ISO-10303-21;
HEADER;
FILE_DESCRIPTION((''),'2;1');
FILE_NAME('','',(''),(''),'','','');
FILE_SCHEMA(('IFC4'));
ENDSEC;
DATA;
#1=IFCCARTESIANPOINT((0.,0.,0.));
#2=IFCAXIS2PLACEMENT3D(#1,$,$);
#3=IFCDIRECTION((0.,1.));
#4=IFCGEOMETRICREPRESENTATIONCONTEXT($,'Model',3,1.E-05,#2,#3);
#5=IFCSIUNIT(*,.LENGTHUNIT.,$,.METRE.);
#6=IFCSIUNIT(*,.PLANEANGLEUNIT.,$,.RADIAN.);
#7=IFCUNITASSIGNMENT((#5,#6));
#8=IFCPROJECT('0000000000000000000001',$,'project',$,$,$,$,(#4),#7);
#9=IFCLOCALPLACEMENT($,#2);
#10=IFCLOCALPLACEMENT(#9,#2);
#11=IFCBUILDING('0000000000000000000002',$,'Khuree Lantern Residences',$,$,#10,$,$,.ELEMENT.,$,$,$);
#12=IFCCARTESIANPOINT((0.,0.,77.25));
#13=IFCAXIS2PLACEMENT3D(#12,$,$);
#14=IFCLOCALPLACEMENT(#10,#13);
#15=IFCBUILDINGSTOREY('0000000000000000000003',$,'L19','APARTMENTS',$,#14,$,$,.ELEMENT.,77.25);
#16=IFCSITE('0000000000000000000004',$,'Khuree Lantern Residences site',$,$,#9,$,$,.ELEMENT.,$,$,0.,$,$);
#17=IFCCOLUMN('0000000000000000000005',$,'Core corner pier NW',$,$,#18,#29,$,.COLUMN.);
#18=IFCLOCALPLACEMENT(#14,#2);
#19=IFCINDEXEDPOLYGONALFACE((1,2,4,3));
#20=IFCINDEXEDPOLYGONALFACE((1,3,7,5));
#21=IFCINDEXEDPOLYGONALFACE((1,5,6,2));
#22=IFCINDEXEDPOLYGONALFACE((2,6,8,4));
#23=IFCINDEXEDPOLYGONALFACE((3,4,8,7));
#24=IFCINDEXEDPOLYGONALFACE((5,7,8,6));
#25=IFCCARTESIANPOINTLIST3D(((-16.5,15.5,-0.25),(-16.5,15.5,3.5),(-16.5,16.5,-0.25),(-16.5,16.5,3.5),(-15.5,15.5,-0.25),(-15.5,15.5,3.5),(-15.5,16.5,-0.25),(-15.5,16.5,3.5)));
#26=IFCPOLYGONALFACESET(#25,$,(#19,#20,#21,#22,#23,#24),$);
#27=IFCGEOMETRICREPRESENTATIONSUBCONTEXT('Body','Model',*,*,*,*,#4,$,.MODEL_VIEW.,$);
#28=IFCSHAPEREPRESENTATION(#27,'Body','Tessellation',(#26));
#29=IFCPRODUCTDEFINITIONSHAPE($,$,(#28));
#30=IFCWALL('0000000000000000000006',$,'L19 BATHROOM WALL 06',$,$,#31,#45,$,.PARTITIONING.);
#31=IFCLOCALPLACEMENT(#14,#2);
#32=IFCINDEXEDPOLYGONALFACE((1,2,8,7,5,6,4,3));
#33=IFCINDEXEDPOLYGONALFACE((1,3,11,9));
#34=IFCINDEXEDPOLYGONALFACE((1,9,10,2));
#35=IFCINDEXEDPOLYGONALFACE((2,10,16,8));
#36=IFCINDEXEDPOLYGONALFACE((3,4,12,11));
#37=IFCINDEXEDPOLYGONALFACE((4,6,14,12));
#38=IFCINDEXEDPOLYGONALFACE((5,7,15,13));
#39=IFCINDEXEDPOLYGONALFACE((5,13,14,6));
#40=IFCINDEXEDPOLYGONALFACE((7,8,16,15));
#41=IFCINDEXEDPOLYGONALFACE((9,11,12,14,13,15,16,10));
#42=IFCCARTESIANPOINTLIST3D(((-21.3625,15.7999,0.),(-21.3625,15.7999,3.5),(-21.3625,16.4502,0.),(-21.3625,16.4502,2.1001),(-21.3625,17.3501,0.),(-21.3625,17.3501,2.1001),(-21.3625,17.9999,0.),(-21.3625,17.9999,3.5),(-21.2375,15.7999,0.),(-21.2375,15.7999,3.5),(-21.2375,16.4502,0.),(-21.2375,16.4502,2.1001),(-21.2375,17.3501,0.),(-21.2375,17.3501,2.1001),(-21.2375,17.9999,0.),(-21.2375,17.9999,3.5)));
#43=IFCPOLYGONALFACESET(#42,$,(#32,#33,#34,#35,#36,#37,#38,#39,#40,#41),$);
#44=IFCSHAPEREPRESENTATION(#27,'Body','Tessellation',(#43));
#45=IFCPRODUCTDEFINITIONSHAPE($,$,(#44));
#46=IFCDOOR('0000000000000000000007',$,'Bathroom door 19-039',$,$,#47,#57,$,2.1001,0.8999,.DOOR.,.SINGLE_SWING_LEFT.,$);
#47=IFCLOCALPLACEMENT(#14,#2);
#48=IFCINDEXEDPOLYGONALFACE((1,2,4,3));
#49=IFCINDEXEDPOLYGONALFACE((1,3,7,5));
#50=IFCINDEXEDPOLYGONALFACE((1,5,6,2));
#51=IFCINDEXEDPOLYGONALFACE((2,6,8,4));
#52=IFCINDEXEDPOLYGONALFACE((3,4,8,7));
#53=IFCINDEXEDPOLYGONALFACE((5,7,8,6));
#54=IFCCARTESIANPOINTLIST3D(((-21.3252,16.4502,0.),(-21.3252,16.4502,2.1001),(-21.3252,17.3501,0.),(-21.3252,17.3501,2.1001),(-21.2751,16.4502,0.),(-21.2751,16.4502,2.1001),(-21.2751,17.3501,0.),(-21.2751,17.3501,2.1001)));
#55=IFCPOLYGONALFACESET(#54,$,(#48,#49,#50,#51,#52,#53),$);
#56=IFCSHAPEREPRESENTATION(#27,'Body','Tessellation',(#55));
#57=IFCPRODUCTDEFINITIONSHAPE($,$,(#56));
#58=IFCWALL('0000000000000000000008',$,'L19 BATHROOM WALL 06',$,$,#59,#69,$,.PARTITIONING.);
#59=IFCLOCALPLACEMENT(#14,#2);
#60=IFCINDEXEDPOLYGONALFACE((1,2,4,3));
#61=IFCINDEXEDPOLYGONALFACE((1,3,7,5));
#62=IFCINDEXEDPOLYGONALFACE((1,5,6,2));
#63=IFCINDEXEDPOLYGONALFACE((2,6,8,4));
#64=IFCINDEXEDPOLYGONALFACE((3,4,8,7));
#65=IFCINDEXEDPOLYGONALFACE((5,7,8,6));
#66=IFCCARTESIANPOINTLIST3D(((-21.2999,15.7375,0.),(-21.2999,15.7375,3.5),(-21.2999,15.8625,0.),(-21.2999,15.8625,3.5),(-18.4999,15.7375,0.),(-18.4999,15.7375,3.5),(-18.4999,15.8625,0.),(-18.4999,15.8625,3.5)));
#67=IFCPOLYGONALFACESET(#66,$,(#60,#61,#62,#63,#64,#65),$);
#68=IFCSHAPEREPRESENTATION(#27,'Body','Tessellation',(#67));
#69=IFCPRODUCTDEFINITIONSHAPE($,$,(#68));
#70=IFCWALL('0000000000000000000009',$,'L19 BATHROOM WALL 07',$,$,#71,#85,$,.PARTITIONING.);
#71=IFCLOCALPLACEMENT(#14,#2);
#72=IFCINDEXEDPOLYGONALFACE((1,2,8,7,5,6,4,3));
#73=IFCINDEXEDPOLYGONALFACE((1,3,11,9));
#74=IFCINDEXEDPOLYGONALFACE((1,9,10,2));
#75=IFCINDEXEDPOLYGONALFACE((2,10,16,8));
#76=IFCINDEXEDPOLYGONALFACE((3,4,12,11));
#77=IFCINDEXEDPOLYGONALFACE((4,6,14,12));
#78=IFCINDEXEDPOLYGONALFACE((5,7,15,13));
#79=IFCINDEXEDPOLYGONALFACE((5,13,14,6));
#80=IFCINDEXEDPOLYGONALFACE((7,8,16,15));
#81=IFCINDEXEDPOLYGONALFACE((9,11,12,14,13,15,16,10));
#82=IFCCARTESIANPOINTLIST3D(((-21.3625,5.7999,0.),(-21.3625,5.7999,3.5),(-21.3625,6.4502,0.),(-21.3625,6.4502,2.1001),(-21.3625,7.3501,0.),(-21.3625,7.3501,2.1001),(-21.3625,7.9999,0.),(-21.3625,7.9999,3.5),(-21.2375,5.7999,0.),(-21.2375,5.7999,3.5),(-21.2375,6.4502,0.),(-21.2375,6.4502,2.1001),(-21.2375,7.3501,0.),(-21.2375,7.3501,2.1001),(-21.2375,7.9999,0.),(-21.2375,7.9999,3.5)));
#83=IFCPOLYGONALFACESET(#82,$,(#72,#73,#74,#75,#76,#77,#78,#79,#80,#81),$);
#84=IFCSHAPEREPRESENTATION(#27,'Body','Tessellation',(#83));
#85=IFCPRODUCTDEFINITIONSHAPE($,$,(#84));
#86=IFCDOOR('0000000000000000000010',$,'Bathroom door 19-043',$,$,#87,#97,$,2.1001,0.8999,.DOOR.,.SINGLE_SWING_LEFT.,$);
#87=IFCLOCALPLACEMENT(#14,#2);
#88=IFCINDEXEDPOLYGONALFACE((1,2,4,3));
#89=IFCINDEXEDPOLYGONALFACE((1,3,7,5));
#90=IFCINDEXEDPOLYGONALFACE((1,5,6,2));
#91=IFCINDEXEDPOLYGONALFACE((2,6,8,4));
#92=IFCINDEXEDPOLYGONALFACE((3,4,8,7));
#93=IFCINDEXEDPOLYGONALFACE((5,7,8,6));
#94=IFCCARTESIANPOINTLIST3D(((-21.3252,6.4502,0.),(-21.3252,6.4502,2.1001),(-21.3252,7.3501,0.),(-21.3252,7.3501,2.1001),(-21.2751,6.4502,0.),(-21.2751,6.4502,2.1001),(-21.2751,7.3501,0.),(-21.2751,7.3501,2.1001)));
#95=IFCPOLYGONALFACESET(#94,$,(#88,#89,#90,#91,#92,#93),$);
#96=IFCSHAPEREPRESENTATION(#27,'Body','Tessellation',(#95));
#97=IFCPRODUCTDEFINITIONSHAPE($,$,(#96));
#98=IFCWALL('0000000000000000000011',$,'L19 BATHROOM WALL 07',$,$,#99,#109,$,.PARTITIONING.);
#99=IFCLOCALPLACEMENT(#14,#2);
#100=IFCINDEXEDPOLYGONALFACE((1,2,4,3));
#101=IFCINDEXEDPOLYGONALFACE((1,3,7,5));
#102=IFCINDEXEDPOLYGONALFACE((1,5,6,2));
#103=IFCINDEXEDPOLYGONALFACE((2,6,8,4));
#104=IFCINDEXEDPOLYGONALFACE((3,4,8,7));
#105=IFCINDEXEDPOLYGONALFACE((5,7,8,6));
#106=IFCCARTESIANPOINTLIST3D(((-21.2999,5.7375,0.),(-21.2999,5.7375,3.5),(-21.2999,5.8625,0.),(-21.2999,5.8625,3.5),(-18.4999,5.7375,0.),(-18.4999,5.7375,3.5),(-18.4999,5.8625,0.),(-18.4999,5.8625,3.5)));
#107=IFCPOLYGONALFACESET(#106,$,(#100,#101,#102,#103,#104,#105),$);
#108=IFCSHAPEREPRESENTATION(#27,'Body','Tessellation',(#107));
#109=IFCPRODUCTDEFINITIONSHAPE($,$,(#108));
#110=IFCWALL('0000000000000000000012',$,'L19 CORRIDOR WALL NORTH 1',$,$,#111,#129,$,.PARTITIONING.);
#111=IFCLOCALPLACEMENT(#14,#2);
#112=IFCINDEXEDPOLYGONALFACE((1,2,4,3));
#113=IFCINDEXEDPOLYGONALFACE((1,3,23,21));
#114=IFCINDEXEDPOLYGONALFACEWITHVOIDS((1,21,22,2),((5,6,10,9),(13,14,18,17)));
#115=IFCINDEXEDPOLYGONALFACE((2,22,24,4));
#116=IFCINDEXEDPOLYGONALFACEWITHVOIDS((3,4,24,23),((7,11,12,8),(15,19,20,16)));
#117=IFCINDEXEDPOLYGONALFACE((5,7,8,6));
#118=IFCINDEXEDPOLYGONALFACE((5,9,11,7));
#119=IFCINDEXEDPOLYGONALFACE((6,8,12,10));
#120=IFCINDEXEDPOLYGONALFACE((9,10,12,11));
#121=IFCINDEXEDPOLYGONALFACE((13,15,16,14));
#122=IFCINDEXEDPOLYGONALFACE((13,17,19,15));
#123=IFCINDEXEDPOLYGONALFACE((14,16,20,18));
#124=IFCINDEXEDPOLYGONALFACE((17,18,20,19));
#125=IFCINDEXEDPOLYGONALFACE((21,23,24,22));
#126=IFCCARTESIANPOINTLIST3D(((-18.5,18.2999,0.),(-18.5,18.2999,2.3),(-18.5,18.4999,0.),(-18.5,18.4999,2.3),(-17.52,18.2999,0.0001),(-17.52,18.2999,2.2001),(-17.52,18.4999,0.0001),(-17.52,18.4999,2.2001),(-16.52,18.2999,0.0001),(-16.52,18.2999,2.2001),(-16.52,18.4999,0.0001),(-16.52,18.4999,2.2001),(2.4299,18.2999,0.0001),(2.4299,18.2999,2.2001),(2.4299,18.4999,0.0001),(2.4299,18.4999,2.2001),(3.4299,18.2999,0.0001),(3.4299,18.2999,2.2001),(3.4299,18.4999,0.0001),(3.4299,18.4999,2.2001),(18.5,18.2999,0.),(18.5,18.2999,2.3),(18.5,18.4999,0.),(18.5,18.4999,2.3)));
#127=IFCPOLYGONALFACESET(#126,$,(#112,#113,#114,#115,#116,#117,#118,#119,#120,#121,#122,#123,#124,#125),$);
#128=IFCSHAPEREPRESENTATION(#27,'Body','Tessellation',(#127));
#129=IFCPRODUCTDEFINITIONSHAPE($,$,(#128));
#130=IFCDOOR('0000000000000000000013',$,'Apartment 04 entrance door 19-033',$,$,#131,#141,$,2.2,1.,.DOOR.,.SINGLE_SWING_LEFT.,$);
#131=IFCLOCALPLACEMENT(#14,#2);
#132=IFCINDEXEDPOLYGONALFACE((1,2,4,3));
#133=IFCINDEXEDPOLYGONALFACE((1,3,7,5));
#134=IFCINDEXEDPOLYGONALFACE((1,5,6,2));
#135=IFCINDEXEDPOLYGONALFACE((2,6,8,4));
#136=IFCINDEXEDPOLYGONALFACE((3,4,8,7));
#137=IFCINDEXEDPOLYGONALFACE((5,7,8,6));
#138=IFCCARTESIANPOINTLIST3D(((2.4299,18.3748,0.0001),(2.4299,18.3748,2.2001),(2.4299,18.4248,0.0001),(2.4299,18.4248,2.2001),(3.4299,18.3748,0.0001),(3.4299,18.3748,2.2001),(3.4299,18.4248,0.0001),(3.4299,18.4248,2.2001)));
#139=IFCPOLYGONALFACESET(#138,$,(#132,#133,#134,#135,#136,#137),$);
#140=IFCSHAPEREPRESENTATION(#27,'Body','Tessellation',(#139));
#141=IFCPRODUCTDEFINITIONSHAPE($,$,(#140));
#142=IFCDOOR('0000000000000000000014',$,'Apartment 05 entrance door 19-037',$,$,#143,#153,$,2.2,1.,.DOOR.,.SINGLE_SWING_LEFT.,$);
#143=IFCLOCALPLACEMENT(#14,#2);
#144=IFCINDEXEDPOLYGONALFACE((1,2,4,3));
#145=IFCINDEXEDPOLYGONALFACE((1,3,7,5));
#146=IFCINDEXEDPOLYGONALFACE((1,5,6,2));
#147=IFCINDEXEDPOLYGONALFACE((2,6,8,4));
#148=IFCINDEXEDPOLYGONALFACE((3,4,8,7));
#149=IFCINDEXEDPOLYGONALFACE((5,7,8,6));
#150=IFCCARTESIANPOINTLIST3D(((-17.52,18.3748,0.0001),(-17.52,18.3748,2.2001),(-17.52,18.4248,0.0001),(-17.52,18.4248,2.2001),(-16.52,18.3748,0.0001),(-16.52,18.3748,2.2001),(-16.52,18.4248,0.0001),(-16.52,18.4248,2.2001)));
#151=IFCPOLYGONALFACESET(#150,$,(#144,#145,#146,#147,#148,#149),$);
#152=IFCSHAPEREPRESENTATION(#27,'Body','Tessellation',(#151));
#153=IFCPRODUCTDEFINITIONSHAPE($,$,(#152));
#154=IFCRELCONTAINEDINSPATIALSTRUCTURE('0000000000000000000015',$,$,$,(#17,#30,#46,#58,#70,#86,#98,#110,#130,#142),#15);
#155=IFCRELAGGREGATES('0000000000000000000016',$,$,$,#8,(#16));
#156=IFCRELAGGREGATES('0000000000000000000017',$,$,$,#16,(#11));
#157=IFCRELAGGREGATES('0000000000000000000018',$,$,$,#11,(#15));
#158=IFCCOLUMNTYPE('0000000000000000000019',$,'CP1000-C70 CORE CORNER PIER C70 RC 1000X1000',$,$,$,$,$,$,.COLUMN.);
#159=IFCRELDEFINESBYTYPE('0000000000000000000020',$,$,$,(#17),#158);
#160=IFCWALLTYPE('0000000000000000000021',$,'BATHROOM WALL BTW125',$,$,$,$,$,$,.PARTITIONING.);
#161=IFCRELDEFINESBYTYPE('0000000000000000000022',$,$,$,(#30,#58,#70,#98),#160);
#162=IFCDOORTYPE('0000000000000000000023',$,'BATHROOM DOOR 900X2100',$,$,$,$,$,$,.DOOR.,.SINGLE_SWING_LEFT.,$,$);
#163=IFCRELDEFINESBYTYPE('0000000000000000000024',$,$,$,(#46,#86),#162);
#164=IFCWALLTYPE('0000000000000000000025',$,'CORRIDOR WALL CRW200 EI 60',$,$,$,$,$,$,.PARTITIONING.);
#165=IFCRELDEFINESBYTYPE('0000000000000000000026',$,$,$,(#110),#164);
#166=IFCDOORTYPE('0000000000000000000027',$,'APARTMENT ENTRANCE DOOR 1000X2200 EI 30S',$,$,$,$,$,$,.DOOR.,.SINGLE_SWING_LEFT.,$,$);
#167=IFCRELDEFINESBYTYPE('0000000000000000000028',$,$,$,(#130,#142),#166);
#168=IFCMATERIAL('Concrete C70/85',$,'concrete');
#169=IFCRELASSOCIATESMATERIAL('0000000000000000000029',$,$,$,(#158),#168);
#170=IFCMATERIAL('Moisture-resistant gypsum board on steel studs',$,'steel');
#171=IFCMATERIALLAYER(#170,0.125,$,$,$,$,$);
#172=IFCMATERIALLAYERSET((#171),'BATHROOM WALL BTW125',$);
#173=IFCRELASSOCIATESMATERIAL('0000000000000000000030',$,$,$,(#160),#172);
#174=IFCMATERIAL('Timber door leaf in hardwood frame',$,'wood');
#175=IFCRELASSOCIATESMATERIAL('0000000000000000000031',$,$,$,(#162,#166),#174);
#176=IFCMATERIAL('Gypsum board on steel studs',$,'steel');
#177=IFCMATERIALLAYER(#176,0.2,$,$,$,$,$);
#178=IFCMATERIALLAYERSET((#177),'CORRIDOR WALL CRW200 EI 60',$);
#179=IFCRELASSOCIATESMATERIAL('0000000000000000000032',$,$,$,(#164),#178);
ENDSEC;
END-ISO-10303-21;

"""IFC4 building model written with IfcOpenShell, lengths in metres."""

from ifc_helpers import new_model, si_unit, direction, frame, frame_2d, origin, origin_2d, place, context, subcontext, project, spatial, rectangle, extrude, material, layer, layer_set, material_profile, profile_set, type_object, element, fill, save


model = new_model("IFC4")

# Units and contexts
model_context = context("Model", 3, precision=1e-05, world=origin(), true_north=direction((0.0, 1.0)))
body_context = subcontext(model_context, "Body", "Model", "MODEL_VIEW")
ifc_project = project(units=[si_unit("LENGTHUNIT", "METRE"), si_unit("PLANEANGLEUNIT", "RADIAN")], contexts=[model_context])

# Site, building, storey
site_placement = place(None, origin())
site = spatial("IfcSite", under=ifc_project, at=site_placement, Name="Khuree Lantern Residences site", CompositionType="ELEMENT", RefElevation=0.0)
building_placement = place(site_placement, origin())
building = spatial("IfcBuilding", under=site, at=building_placement, Name="Khuree Lantern Residences", CompositionType="ELEMENT")
storey_placement = place(building_placement, frame((0.0, 0.0, 77.25)))
storey = spatial("IfcBuildingStorey", under=building, at=storey_placement, Name="L19", Description="APARTMENTS", CompositionType="ELEMENT", Elevation=77.25)

# Column
ifc_material_1 = material(Name="Concrete C70/85", Category="concrete")
ifc_material_profile = material_profile(ifc_material_1, rectangle(XDim=1.0, YDim=1.0, at=origin_2d()), Name="RC 1000X1000")
ifc_profile_set = profile_set([ifc_material_profile], Name="Concrete C70/85")
column_type = type_object("IfcColumnType", Name="CP1000-C70 CORE CORNER PIER C70 RC 1000X1000", PredefinedType="COLUMN", material=ifc_profile_set)
column_placement = place(storey_placement, frame((-16.0, 16.0, -0.25), z_axis=(0.0, 0.0, 1.0), x_axis=(1.0, 0.0, 0.0)))
element("IfcColumn", 1, at=column_placement, inside=storey, type_object=column_type, Name="Core corner pier NW", PredefinedType="COLUMN", context=body_context, shape_type="SweptSolid", body=[
    extrude(rectangle(XDim=1.0, YDim=1.0, at=origin_2d()), origin(), (0.0, 0.0, 1.0), 3.75),
])

# Wall, opening, door
ifc_material_2 = material(Name="Moisture-resistant gypsum board on steel studs", Category="steel")
ifc_layer_1 = layer(ifc_material_2, 0.125)
ifc_layer_set_1 = layer_set([ifc_layer_1], Name="BATHROOM WALL BTW125")
wall_type_1 = type_object("IfcWallType", Name="BATHROOM WALL BTW125", PredefinedType="PARTITIONING", material=ifc_layer_set_1)
wall_1_placement = place(storey_placement, frame((-21.3, 18.0, 0.0), z_axis=(0.0, 0.0, 1.0), x_axis=(0.0, -1.0, 0.0)))
wall_1 = element("IfcWall", 2, at=wall_1_placement, inside=storey, type_object=wall_type_1, Name="L19 BATHROOM WALL 06", PredefinedType="PARTITIONING", context=body_context, shape_type="SweptSolid", body=[
    extrude(rectangle(XDim=2.2, YDim=0.125, at=frame_2d((1.1001, 0.0))), origin(), (0.0, 0.0, 1.0), 3.5),
])
opening_1_placement = place(wall_1_placement, frame((0.6499, 0.0, 0.0)))
opening_1 = element("IfcOpeningElement", 3, at=opening_1_placement, cuts=wall_1, PredefinedType="OPENING", context=body_context, shape_type="SweptSolid", body=[
    extrude(rectangle(XDim=0.8999, YDim=2.1001, at=frame_2d((0.45, 1.05))), frame((0.0, 0.0725, 0.0), z_axis=(0.0, -1.0, 0.0), x_axis=(1.0, 0.0, 0.0)), (0.0, 0.0, 1.0), 0.145),
])
ifc_material_3 = material(Name="Timber door leaf in hardwood frame", Category="wood")
door_type_1 = type_object("IfcDoorType", Name="BATHROOM DOOR 900X2100", OperationType="SINGLE_SWING_LEFT", PredefinedType="DOOR", material=ifc_material_3)
door_1_placement = place(opening_1_placement, origin())
door_1 = element("IfcDoor", 4, at=door_1_placement, inside=storey, type_object=door_type_1, Name="Bathroom door 19-039", OperationType="SINGLE_SWING_LEFT", OverallHeight=2.1001, OverallWidth=0.8999, PredefinedType="DOOR", context=body_context, shape_type="SweptSolid", body=[
    extrude(rectangle(XDim=0.8999, YDim=2.1001, at=frame_2d((0.45, 1.05))), frame((0.0, 0.0249, 0.0), z_axis=(0.0, -1.0, 0.0), x_axis=(1.0, 0.0, 0.0)), (0.0, 0.0, 1.0), 0.05),
])
fill(opening_1, door_1)

# Wall
wall_2_placement = place(storey_placement, frame((-18.5, 15.8, 0.0), z_axis=(0.0, 0.0, 1.0), x_axis=(-1.0, 0.0, 0.0)))
element("IfcWall", 5, at=wall_2_placement, inside=storey, type_object=wall_type_1, Name="L19 BATHROOM WALL 06", PredefinedType="PARTITIONING", context=body_context, shape_type="SweptSolid", body=[
    extrude(rectangle(XDim=2.8, YDim=0.125, at=frame_2d((1.3999, 0.0))), origin(), (0.0, 0.0, 1.0), 3.5),
])

# Wall, opening, door
wall_3_placement = place(storey_placement, frame((-21.3, 8.0, 0.0), z_axis=(0.0, 0.0, 1.0), x_axis=(0.0, -1.0, 0.0)))
wall_3 = element("IfcWall", 6, at=wall_3_placement, inside=storey, type_object=wall_type_1, Name="L19 BATHROOM WALL 07", PredefinedType="PARTITIONING", context=body_context, shape_type="SweptSolid", body=[
    extrude(rectangle(XDim=2.2, YDim=0.125, at=frame_2d((1.1001, 0.0))), origin(), (0.0, 0.0, 1.0), 3.5),
])
opening_2_placement = place(wall_3_placement, frame((0.6499, 0.0, 0.0)))
opening_2 = element("IfcOpeningElement", 7, at=opening_2_placement, cuts=wall_3, PredefinedType="OPENING", context=body_context, shape_type="SweptSolid", body=[
    extrude(rectangle(XDim=0.8999, YDim=2.1001, at=frame_2d((0.45, 1.05))), frame((0.0, 0.0725, 0.0), z_axis=(0.0, -1.0, 0.0), x_axis=(1.0, 0.0, 0.0)), (0.0, 0.0, 1.0), 0.145),
])
door_2_placement = place(opening_2_placement, origin())
door_2 = element("IfcDoor", 8, at=door_2_placement, inside=storey, type_object=door_type_1, Name="Bathroom door 19-043", OperationType="SINGLE_SWING_LEFT", OverallHeight=2.1001, OverallWidth=0.8999, PredefinedType="DOOR", context=body_context, shape_type="SweptSolid", body=[
    extrude(rectangle(XDim=0.8999, YDim=2.1001, at=frame_2d((0.45, 1.05))), frame((0.0, 0.0249, 0.0), z_axis=(0.0, -1.0, 0.0), x_axis=(1.0, 0.0, 0.0)), (0.0, 0.0, 1.0), 0.05),
])
fill(opening_2, door_2)

# Wall
wall_4_placement = place(storey_placement, frame((-18.5, 5.8, 0.0), z_axis=(0.0, 0.0, 1.0), x_axis=(-1.0, 0.0, 0.0)))
element("IfcWall", 9, at=wall_4_placement, inside=storey, type_object=wall_type_1, Name="L19 BATHROOM WALL 07", PredefinedType="PARTITIONING", context=body_context, shape_type="SweptSolid", body=[
    extrude(rectangle(XDim=2.8, YDim=0.125, at=frame_2d((1.3999, 0.0))), origin(), (0.0, 0.0, 1.0), 3.5),
])

# Wall, openings, doors
ifc_material_4 = material(Name="Gypsum board on steel studs", Category="steel")
ifc_layer_2 = layer(ifc_material_4, 0.2)
ifc_layer_set_2 = layer_set([ifc_layer_2], Name="CORRIDOR WALL CRW200 EI 60")
wall_type_2 = type_object("IfcWallType", Name="CORRIDOR WALL CRW200 EI 60", PredefinedType="PARTITIONING", material=ifc_layer_set_2)
wall_5_placement = place(storey_placement, frame((-18.5, 18.3999, 0.0), z_axis=(0.0, 0.0, 1.0), x_axis=(1.0, 0.0, 0.0)))
wall_5 = element("IfcWall", 10, at=wall_5_placement, inside=storey, type_object=wall_type_2, Name="L19 CORRIDOR WALL NORTH 1", PredefinedType="PARTITIONING", context=body_context, shape_type="SweptSolid", body=[
    extrude(rectangle(XDim=37.0, YDim=0.2, at=frame_2d((18.5, 0.0))), origin(), (0.0, 0.0, 1.0), 2.3),
])
opening_3_placement = place(wall_5_placement, frame((20.9299, 0.0, 0.0)))
opening_3 = element("IfcOpeningElement", 11, at=opening_3_placement, cuts=wall_5, PredefinedType="OPENING", context=body_context, shape_type="SweptSolid", body=[
    extrude(rectangle(XDim=1.0, YDim=2.2, at=frame_2d((0.5, 1.1001))), frame((0.0, 0.1099, 0.0), z_axis=(0.0, -1.0, 0.0), x_axis=(1.0, 0.0, 0.0)), (0.0, 0.0, 1.0), 0.22),
])
opening_4_placement = place(wall_5_placement, frame((0.98, 0.0, 0.0)))
opening_4 = element("IfcOpeningElement", 12, at=opening_4_placement, cuts=wall_5, PredefinedType="OPENING", context=body_context, shape_type="SweptSolid", body=[
    extrude(rectangle(XDim=1.0, YDim=2.2, at=frame_2d((0.5, 1.1001))), frame((0.0, 0.1099, 0.0), z_axis=(0.0, -1.0, 0.0), x_axis=(1.0, 0.0, 0.0)), (0.0, 0.0, 1.0), 0.22),
])
door_type_2 = type_object("IfcDoorType", Name="APARTMENT ENTRANCE DOOR 1000X2200 EI 30S", OperationType="SINGLE_SWING_LEFT", PredefinedType="DOOR", material=ifc_material_3)
door_3_placement = place(opening_3_placement, origin())
door_3 = element("IfcDoor", 13, at=door_3_placement, inside=storey, type_object=door_type_2, Name="Apartment 04 entrance door 19-033", OperationType="SINGLE_SWING_LEFT", OverallHeight=2.2, OverallWidth=1.0, PredefinedType="DOOR", context=body_context, shape_type="SweptSolid", body=[
    extrude(rectangle(XDim=1.0, YDim=2.2, at=frame_2d((0.5, 1.1001))), frame((0.0, 0.0249, 0.0), z_axis=(0.0, -1.0, 0.0), x_axis=(1.0, 0.0, 0.0)), (0.0, 0.0, 1.0), 0.05),
])
fill(opening_3, door_3)
door_4_placement = place(opening_4_placement, origin())
door_4 = element("IfcDoor", 14, at=door_4_placement, inside=storey, type_object=door_type_2, Name="Apartment 05 entrance door 19-037", OperationType="SINGLE_SWING_LEFT", OverallHeight=2.2, OverallWidth=1.0, PredefinedType="DOOR", context=body_context, shape_type="SweptSolid", body=[
    extrude(rectangle(XDim=1.0, YDim=2.2, at=frame_2d((0.5, 1.1001))), frame((0.0, 0.0249, 0.0), z_axis=(0.0, -1.0, 0.0), x_axis=(1.0, 0.0, 0.0)), (0.0, 0.0, 1.0), 0.05),
])
fill(opening_4, door_4)

save(model, "model.ifc")
